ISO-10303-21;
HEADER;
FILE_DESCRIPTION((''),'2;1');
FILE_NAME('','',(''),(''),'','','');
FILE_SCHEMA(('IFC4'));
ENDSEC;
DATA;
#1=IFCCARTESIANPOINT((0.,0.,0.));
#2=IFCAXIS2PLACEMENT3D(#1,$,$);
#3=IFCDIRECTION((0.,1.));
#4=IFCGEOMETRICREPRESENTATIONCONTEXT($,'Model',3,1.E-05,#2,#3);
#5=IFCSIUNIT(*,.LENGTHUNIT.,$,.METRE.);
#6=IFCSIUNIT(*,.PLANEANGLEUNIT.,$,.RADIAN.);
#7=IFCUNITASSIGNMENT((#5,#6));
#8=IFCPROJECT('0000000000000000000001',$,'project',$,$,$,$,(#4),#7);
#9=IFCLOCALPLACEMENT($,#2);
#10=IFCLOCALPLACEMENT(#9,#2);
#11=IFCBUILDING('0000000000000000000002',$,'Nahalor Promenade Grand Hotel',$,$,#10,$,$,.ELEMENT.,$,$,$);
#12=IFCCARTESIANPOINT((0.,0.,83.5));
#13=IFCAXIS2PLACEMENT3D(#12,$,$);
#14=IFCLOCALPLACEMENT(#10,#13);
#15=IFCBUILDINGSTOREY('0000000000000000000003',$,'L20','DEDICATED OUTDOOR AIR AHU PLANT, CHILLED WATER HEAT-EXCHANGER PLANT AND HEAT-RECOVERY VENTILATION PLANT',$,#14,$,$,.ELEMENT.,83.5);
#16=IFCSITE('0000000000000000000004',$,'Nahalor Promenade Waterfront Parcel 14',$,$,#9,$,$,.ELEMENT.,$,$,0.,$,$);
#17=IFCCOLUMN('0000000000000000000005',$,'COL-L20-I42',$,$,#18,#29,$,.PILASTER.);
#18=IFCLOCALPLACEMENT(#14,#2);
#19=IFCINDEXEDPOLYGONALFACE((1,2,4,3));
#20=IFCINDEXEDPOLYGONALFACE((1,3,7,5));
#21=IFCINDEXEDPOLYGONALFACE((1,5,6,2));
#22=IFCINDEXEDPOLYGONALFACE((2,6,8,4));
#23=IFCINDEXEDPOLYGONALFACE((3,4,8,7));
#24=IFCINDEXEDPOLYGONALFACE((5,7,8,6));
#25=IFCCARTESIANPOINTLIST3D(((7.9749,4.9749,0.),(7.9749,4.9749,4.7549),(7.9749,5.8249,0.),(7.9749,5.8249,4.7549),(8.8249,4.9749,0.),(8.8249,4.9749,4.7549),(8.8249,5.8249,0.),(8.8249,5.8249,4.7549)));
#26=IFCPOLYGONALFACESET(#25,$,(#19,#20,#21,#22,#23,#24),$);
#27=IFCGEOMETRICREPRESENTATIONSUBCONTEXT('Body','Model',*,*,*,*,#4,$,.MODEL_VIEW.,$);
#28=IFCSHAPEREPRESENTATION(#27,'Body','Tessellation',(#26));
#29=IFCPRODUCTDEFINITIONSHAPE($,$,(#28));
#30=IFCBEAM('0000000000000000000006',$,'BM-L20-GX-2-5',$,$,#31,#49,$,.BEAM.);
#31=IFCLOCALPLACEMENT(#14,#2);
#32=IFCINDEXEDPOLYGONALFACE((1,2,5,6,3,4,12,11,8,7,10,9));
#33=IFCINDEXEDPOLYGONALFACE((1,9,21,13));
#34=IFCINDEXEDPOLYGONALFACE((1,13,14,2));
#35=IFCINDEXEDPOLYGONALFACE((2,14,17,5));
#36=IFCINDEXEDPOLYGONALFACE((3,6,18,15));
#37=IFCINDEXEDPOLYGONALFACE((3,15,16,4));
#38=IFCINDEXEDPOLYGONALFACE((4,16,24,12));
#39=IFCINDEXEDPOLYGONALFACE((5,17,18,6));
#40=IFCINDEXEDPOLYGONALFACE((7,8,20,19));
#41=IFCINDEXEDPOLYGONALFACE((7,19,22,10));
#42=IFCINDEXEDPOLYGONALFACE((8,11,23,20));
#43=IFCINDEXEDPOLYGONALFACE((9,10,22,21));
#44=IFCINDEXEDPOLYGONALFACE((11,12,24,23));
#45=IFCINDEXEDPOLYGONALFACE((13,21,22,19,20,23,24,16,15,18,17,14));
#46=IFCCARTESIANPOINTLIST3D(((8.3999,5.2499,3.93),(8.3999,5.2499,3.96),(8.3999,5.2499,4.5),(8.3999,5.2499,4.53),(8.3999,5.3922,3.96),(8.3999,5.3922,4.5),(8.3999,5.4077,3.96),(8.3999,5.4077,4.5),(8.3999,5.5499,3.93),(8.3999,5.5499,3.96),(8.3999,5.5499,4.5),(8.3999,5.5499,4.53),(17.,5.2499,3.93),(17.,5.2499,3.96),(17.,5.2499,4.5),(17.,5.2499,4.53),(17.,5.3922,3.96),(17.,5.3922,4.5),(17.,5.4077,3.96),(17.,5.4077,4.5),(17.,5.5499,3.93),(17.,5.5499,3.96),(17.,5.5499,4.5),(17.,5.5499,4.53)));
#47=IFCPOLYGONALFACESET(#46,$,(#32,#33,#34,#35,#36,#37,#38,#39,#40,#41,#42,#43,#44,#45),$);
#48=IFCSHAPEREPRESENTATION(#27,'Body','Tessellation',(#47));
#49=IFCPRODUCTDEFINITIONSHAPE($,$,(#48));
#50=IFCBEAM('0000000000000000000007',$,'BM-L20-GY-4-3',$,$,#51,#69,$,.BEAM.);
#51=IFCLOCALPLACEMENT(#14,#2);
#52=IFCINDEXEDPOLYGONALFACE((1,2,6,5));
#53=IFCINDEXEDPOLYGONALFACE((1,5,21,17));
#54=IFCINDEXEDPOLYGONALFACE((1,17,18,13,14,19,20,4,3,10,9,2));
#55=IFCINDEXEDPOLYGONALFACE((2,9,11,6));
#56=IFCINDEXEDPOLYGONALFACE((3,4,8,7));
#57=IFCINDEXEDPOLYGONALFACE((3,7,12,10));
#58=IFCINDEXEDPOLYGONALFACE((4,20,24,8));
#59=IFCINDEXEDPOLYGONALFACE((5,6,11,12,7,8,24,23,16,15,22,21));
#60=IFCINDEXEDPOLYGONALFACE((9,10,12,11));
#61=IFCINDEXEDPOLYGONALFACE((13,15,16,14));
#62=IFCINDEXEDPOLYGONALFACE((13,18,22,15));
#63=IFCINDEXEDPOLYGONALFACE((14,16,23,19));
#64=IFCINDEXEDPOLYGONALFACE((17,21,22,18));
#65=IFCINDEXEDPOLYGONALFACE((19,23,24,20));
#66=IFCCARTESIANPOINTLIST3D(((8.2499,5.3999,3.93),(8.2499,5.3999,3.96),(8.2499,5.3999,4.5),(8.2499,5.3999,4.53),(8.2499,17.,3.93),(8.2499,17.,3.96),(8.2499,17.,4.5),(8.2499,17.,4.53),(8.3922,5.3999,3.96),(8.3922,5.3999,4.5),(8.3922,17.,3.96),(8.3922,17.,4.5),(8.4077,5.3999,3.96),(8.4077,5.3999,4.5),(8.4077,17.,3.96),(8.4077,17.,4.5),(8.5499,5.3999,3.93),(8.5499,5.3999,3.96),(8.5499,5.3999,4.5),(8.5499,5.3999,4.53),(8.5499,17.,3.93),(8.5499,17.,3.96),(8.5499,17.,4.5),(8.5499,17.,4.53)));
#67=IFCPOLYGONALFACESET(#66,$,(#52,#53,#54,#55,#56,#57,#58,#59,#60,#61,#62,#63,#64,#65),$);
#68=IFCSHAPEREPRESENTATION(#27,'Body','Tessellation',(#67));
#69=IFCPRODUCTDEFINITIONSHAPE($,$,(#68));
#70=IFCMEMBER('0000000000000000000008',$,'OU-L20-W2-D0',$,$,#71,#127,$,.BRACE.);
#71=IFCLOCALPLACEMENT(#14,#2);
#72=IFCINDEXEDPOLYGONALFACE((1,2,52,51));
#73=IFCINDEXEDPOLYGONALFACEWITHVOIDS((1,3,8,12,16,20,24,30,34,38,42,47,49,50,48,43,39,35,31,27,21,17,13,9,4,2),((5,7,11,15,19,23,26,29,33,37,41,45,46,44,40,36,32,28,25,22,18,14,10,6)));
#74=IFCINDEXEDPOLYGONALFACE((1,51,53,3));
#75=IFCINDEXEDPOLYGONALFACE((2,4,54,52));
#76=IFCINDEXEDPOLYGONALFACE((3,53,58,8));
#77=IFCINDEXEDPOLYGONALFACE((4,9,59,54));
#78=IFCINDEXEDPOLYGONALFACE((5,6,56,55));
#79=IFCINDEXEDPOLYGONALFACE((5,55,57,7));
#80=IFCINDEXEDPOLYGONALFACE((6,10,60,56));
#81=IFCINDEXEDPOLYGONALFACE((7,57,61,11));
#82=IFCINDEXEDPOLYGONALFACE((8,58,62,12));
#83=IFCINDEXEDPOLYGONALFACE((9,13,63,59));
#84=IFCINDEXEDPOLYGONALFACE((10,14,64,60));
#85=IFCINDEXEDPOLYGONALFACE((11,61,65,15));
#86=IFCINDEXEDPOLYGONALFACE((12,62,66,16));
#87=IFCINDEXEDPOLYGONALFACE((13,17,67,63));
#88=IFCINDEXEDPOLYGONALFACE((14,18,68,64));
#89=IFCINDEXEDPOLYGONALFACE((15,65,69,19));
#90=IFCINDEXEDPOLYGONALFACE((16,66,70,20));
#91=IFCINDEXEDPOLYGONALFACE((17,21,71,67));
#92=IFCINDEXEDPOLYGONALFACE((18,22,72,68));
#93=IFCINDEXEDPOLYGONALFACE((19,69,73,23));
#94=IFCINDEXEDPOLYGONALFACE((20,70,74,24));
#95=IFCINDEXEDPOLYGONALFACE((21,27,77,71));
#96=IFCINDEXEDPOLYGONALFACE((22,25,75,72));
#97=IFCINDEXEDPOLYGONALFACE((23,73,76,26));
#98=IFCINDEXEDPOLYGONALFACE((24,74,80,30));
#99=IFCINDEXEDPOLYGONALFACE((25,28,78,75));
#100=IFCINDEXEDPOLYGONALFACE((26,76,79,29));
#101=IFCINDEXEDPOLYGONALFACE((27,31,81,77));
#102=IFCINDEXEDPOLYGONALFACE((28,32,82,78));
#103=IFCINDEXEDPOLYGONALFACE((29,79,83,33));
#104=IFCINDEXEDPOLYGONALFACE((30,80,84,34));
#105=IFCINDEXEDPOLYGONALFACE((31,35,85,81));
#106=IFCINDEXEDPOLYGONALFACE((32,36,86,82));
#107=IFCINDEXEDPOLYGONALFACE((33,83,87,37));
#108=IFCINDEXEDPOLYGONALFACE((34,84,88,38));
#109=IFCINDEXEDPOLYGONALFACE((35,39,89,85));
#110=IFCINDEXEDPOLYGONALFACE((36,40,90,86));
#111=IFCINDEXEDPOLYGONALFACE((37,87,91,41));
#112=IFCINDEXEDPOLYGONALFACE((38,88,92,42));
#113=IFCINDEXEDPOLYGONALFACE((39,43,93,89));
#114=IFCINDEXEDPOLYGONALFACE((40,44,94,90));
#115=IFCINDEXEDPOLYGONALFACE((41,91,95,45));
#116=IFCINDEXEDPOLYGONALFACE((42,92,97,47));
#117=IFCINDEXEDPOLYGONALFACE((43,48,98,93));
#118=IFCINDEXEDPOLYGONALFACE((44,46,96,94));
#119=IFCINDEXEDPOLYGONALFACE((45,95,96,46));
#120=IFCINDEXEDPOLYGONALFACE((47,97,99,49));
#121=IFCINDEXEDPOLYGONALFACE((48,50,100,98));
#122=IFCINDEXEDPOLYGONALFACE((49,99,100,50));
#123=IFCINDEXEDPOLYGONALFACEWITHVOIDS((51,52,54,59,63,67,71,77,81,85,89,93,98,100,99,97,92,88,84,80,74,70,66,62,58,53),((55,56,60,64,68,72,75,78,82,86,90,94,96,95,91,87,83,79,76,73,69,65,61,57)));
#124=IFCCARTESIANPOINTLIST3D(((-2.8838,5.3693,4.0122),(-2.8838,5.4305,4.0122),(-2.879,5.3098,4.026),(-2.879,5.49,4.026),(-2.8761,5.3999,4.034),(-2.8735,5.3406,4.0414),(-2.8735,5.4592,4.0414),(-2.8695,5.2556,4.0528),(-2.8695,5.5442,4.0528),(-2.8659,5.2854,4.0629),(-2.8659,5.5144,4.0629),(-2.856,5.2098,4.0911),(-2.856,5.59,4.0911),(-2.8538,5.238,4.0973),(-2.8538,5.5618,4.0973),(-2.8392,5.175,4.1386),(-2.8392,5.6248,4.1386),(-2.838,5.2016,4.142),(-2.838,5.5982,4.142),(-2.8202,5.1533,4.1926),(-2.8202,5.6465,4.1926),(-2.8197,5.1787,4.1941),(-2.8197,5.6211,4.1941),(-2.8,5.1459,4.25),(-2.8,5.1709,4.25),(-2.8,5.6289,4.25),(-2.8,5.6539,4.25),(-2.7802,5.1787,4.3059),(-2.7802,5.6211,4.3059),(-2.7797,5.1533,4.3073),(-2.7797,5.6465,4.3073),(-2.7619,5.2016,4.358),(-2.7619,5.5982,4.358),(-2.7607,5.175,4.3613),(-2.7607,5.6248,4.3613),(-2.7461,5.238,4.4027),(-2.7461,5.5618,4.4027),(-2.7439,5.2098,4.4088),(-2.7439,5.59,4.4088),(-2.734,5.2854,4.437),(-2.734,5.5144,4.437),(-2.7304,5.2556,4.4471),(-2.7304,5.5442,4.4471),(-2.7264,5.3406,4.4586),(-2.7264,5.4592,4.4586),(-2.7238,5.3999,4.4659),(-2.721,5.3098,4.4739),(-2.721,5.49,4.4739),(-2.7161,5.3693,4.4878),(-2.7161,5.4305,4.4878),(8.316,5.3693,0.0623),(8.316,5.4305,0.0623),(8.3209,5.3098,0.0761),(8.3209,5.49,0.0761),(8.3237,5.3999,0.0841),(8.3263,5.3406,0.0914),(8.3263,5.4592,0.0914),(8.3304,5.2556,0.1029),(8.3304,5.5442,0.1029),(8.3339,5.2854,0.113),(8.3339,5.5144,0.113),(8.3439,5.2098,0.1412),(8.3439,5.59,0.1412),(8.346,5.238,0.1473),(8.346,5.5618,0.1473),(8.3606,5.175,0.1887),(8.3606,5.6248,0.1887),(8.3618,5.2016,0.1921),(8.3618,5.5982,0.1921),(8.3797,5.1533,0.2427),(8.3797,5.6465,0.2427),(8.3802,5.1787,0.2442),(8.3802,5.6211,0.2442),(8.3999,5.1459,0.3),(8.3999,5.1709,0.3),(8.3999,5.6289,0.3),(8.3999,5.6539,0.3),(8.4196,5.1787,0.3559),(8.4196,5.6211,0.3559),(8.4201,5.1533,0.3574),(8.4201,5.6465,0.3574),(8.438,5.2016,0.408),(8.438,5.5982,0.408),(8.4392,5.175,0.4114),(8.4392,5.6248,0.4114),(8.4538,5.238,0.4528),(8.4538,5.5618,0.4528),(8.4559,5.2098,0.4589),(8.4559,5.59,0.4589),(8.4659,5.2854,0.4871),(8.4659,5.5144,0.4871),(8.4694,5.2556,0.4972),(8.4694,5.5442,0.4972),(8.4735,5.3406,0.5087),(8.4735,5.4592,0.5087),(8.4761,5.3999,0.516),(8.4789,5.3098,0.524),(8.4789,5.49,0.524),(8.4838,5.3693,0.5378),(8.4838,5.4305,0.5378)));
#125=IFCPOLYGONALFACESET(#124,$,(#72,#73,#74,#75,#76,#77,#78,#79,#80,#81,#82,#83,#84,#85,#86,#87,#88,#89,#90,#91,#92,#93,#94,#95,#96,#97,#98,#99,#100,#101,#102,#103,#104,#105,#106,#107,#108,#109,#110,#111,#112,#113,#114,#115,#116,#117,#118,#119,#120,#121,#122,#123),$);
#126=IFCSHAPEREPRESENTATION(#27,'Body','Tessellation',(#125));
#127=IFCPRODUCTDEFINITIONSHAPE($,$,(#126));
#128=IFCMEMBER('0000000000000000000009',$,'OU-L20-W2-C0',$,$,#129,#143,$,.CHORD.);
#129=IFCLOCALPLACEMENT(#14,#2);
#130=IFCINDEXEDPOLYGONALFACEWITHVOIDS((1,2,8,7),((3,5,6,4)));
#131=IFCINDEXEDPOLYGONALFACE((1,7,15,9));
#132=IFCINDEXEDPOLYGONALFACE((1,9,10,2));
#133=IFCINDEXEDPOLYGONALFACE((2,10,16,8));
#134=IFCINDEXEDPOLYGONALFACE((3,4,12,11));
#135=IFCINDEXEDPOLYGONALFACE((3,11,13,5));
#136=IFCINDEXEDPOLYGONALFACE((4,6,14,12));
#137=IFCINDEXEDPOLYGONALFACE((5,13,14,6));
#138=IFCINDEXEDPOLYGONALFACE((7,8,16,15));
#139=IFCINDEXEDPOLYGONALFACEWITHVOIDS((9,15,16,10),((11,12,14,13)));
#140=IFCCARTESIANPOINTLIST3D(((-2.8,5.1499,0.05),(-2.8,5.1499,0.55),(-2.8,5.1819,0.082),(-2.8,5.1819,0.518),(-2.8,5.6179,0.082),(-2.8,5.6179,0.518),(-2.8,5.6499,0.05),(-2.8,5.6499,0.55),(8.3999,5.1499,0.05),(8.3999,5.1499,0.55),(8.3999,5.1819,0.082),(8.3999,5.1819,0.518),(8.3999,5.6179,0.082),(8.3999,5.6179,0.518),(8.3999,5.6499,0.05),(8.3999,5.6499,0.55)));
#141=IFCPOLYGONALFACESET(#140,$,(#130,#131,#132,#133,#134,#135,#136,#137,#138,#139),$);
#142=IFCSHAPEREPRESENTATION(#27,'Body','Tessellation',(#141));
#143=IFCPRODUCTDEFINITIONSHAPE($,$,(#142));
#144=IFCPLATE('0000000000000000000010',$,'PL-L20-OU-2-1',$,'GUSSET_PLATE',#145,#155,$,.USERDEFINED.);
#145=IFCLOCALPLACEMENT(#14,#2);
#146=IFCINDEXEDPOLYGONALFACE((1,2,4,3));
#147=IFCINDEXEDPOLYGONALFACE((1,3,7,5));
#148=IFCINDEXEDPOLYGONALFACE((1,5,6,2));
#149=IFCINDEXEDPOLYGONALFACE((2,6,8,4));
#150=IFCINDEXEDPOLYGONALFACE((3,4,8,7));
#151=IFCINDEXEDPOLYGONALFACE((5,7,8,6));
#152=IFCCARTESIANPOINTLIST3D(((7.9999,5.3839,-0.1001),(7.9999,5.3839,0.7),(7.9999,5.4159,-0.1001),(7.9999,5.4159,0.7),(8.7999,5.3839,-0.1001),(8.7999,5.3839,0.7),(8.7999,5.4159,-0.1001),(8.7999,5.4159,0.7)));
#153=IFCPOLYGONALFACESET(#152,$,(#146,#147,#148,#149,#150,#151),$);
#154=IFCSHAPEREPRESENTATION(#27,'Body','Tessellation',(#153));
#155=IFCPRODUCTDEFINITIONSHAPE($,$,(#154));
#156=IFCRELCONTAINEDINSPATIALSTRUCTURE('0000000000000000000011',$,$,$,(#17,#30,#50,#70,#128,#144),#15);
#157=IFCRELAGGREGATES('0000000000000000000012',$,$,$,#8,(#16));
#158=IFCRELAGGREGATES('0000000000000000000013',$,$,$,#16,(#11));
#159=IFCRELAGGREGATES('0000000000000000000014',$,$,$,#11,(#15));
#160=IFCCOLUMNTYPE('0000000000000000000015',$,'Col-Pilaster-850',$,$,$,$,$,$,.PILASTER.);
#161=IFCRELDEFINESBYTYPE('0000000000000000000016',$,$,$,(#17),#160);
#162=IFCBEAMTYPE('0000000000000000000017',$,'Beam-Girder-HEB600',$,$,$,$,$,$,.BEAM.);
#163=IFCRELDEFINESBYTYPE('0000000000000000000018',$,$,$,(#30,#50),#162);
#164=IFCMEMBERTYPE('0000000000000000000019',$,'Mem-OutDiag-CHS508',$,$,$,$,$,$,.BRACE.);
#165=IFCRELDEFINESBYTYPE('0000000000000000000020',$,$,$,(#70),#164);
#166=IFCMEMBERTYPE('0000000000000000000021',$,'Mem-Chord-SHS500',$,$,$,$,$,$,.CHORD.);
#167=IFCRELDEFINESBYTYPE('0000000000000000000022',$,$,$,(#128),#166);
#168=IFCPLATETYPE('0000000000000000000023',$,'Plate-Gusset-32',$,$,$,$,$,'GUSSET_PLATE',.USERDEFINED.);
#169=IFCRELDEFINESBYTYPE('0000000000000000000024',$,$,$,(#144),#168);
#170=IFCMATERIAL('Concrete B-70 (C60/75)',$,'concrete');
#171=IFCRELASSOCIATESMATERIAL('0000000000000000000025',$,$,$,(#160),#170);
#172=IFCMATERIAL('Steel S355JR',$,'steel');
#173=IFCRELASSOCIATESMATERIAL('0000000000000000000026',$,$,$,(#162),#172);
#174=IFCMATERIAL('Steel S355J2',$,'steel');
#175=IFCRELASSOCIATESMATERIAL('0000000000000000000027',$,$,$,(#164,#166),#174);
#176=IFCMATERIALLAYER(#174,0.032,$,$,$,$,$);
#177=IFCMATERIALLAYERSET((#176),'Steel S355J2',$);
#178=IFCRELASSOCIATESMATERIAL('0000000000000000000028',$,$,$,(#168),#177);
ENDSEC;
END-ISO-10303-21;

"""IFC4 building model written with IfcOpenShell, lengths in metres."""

from ifc_helpers import new_model, si_unit, direction, frame, origin, origin_2d, place, context, subcontext, project, spatial, rectangle, hollow_rectangle, hollow_circle, i_section, extrude, source, transform, mapped, material, layer, layer_set, material_profile, profile_set, type_object, element, save


model = new_model("IFC4")

# Units and contexts
model_context = context("Model", 3, precision=1e-05, world=origin(), true_north=direction((0.0, 1.0)))
body_context = subcontext(model_context, "Body", "Model", "MODEL_VIEW")
ifc_project = project(units=[si_unit("LENGTHUNIT", "METRE"), si_unit("PLANEANGLEUNIT", "RADIAN")], contexts=[model_context])

# Site, building, storey
site_placement = place(None, origin())
site = spatial("IfcSite", under=ifc_project, at=site_placement, Name="Nahalor Promenade Waterfront Parcel 14", CompositionType="ELEMENT", RefElevation=0.0)
building_placement = place(site_placement, origin())
building = spatial("IfcBuilding", under=site, at=building_placement, Name="Nahalor Promenade Grand Hotel", CompositionType="ELEMENT")
storey_placement = place(building_placement, frame((0.0, 0.0, 83.5)))
storey = spatial("IfcBuildingStorey", under=building, at=storey_placement, Name="L20", Description="DEDICATED OUTDOOR AIR AHU PLANT, CHILLED WATER HEAT-EXCHANGER PLANT AND HEAT-RECOVERY VENTILATION PLANT", CompositionType="ELEMENT", Elevation=83.5)

# Column
ifc_material_1 = material(Name="Concrete B-70 (C60/75)", Category="concrete")
ifc_material_profile_1 = material_profile(ifc_material_1, rectangle(XDim=0.85, YDim=0.85, at=origin_2d()), Name="RC 850x850")
ifc_profile_set_1 = profile_set([ifc_material_profile_1], Name="Concrete B-70 (C60/75)")
column_type = type_object("IfcColumnType", Name="Col-Pilaster-850", PredefinedType="PILASTER", material=ifc_profile_set_1)
shared_shape_1 = source(origin(), body_context, "Body", "SweptSolid", [
    extrude(rectangle(XDim=0.85, YDim=0.85, at=origin_2d()), origin(), (0.0, 0.0, 1.0), 4.7549),
])
column_placement = place(storey_placement, frame((8.3999, 5.3999, 0.0), z_axis=(0.0, 0.0, 1.0), x_axis=(1.0, 0.0, 0.0)))
element("IfcColumn", 1, at=column_placement, inside=storey, type_object=column_type, Name="COL-L20-I42", PredefinedType="PILASTER", context=body_context, shape_type="MappedRepresentation", body=[
    mapped(shared_shape_1, transform((0.0, 0.0, 0.0), scale=1.0)),
])

# Beams
ifc_material_2 = material(Name="Steel S355JR", Category="steel")
ifc_material_profile_2 = material_profile(ifc_material_2, i_section(OverallWidth=0.3, OverallDepth=0.6, WebThickness=0.0155, FlangeThickness=0.03, at=origin_2d()), Name="HEB 600")
ifc_profile_set_2 = profile_set([ifc_material_profile_2], Name="Steel S355JR")
beam_type = type_object("IfcBeamType", Name="Beam-Girder-HEB600", PredefinedType="BEAM", material=ifc_profile_set_2)
shared_shape_2 = source(origin(), body_context, "Body", "SweptSolid", [
    extrude(i_section(OverallWidth=0.3, OverallDepth=0.6, WebThickness=0.0155, FlangeThickness=0.03, at=origin_2d()), origin(), (0.0, 0.0, 1.0), 8.6001),
])
beam_1_placement = place(storey_placement, frame((8.3999, 5.3999, 4.23), z_axis=(1.0, 0.0, 0.0), x_axis=(0.0, 1.0, 0.0)))
element("IfcBeam", 2, at=beam_1_placement, inside=storey, type_object=beam_type, Name="BM-L20-GX-2-5", PredefinedType="BEAM", context=body_context, shape_type="MappedRepresentation", body=[
    mapped(shared_shape_2, transform((0.0, 0.0, 0.0), scale=1.0)),
])
shared_shape_3 = source(origin(), body_context, "Body", "SweptSolid", [
    extrude(i_section(OverallWidth=0.3, OverallDepth=0.6, WebThickness=0.0155, FlangeThickness=0.03, at=origin_2d()), origin(), (0.0, 0.0, 1.0), 11.6001),
])
beam_2_placement = place(storey_placement, frame((8.3999, 5.3999, 4.23), z_axis=(0.0, 1.0, 0.0), x_axis=(-1.0, 0.0, 0.0)))
element("IfcBeam", 3, at=beam_2_placement, inside=storey, type_object=beam_type, Name="BM-L20-GY-4-3", PredefinedType="BEAM", context=body_context, shape_type="MappedRepresentation", body=[
    mapped(shared_shape_3, transform((0.0, 0.0, 0.0), scale=1.0)),
])

# Members
ifc_material_3 = material(Name="Steel S355J2", Category="steel")
ifc_material_profile_3 = material_profile(ifc_material_3, hollow_circle(Radius=0.254, WallThickness=0.025, at=origin_2d()), Name="CHS 508x25")
ifc_profile_set_3 = profile_set([ifc_material_profile_3], Name="Steel S355J2")
member_type_1 = type_object("IfcMemberType", Name="Mem-OutDiag-CHS508", PredefinedType="BRACE", material=ifc_profile_set_3)
shared_shape_4 = source(origin(), body_context, "Body", "SweptSolid", [
    extrude(hollow_circle(Radius=0.254, WallThickness=0.025, at=origin_2d()), origin(), (0.0, 0.0, 1.0), 11.876),
])
member_1_placement = place(storey_placement, frame((8.3999, 5.3999, 0.3), z_axis=(-0.943069, 0.0, 0.332598), x_axis=(0.0, -1.0, 0.0)))
element("IfcMember", 4, at=member_1_placement, inside=storey, type_object=member_type_1, Name="OU-L20-W2-D0", PredefinedType="BRACE", context=body_context, shape_type="MappedRepresentation", body=[
    mapped(shared_shape_4, transform((0.0, 0.0, 0.0), scale=1.0)),
])
ifc_material_profile_4 = material_profile(ifc_material_3, hollow_rectangle(XDim=0.5, YDim=0.5, WallThickness=0.032, at=origin_2d()), Name="SHS 500x500x32")
ifc_profile_set_4 = profile_set([ifc_material_profile_4], Name="Steel S355J2")
member_type_2 = type_object("IfcMemberType", Name="Mem-Chord-SHS500", PredefinedType="CHORD", material=ifc_profile_set_4)
shared_shape_5 = source(origin(), body_context, "Body", "SweptSolid", [
    extrude(hollow_rectangle(XDim=0.5, YDim=0.5, WallThickness=0.032, at=origin_2d()), origin(), (0.0, 0.0, 1.0), 11.2),
])
member_2_placement = place(storey_placement, frame((8.3999, 5.3999, 0.3), z_axis=(-1.0, 0.0, 0.0), x_axis=(0.0, -1.0, 0.0)))
element("IfcMember", 5, at=member_2_placement, inside=storey, type_object=member_type_2, Name="OU-L20-W2-C0", PredefinedType="CHORD", context=body_context, shape_type="MappedRepresentation", body=[
    mapped(shared_shape_5, transform((0.0, 0.0, 0.0), scale=1.0)),
])

# Plate
ifc_layer_1 = layer(ifc_material_3, 0.032)
ifc_layer_set_1 = layer_set([ifc_layer_1], Name="Steel S355J2")
plate_type = type_object("IfcPlateType", Name="Plate-Gusset-32", ElementType="GUSSET_PLATE", PredefinedType="USERDEFINED", material=ifc_layer_set_1)
shared_shape_6 = source(origin(), body_context, "Body", "SweptSolid", [
    extrude(rectangle(XDim=0.8, YDim=0.032, at=origin_2d()), origin(), (0.0, 0.0, 1.0), 0.8),
])
plate_placement = place(storey_placement, frame((8.3999, 5.3999, -0.1001), z_axis=(0.0, 0.0, 1.0), x_axis=(1.0, 0.0, 0.0)))
element("IfcPlate", 6, at=plate_placement, inside=storey, type_object=plate_type, Name="PL-L20-OU-2-1", ObjectType="GUSSET_PLATE", PredefinedType="USERDEFINED", context=body_context, shape_type="MappedRepresentation", body=[
    mapped(shared_shape_6, transform((0.0, 0.0, 0.0), scale=1.0)),
])

save(model, "model.ifc")
